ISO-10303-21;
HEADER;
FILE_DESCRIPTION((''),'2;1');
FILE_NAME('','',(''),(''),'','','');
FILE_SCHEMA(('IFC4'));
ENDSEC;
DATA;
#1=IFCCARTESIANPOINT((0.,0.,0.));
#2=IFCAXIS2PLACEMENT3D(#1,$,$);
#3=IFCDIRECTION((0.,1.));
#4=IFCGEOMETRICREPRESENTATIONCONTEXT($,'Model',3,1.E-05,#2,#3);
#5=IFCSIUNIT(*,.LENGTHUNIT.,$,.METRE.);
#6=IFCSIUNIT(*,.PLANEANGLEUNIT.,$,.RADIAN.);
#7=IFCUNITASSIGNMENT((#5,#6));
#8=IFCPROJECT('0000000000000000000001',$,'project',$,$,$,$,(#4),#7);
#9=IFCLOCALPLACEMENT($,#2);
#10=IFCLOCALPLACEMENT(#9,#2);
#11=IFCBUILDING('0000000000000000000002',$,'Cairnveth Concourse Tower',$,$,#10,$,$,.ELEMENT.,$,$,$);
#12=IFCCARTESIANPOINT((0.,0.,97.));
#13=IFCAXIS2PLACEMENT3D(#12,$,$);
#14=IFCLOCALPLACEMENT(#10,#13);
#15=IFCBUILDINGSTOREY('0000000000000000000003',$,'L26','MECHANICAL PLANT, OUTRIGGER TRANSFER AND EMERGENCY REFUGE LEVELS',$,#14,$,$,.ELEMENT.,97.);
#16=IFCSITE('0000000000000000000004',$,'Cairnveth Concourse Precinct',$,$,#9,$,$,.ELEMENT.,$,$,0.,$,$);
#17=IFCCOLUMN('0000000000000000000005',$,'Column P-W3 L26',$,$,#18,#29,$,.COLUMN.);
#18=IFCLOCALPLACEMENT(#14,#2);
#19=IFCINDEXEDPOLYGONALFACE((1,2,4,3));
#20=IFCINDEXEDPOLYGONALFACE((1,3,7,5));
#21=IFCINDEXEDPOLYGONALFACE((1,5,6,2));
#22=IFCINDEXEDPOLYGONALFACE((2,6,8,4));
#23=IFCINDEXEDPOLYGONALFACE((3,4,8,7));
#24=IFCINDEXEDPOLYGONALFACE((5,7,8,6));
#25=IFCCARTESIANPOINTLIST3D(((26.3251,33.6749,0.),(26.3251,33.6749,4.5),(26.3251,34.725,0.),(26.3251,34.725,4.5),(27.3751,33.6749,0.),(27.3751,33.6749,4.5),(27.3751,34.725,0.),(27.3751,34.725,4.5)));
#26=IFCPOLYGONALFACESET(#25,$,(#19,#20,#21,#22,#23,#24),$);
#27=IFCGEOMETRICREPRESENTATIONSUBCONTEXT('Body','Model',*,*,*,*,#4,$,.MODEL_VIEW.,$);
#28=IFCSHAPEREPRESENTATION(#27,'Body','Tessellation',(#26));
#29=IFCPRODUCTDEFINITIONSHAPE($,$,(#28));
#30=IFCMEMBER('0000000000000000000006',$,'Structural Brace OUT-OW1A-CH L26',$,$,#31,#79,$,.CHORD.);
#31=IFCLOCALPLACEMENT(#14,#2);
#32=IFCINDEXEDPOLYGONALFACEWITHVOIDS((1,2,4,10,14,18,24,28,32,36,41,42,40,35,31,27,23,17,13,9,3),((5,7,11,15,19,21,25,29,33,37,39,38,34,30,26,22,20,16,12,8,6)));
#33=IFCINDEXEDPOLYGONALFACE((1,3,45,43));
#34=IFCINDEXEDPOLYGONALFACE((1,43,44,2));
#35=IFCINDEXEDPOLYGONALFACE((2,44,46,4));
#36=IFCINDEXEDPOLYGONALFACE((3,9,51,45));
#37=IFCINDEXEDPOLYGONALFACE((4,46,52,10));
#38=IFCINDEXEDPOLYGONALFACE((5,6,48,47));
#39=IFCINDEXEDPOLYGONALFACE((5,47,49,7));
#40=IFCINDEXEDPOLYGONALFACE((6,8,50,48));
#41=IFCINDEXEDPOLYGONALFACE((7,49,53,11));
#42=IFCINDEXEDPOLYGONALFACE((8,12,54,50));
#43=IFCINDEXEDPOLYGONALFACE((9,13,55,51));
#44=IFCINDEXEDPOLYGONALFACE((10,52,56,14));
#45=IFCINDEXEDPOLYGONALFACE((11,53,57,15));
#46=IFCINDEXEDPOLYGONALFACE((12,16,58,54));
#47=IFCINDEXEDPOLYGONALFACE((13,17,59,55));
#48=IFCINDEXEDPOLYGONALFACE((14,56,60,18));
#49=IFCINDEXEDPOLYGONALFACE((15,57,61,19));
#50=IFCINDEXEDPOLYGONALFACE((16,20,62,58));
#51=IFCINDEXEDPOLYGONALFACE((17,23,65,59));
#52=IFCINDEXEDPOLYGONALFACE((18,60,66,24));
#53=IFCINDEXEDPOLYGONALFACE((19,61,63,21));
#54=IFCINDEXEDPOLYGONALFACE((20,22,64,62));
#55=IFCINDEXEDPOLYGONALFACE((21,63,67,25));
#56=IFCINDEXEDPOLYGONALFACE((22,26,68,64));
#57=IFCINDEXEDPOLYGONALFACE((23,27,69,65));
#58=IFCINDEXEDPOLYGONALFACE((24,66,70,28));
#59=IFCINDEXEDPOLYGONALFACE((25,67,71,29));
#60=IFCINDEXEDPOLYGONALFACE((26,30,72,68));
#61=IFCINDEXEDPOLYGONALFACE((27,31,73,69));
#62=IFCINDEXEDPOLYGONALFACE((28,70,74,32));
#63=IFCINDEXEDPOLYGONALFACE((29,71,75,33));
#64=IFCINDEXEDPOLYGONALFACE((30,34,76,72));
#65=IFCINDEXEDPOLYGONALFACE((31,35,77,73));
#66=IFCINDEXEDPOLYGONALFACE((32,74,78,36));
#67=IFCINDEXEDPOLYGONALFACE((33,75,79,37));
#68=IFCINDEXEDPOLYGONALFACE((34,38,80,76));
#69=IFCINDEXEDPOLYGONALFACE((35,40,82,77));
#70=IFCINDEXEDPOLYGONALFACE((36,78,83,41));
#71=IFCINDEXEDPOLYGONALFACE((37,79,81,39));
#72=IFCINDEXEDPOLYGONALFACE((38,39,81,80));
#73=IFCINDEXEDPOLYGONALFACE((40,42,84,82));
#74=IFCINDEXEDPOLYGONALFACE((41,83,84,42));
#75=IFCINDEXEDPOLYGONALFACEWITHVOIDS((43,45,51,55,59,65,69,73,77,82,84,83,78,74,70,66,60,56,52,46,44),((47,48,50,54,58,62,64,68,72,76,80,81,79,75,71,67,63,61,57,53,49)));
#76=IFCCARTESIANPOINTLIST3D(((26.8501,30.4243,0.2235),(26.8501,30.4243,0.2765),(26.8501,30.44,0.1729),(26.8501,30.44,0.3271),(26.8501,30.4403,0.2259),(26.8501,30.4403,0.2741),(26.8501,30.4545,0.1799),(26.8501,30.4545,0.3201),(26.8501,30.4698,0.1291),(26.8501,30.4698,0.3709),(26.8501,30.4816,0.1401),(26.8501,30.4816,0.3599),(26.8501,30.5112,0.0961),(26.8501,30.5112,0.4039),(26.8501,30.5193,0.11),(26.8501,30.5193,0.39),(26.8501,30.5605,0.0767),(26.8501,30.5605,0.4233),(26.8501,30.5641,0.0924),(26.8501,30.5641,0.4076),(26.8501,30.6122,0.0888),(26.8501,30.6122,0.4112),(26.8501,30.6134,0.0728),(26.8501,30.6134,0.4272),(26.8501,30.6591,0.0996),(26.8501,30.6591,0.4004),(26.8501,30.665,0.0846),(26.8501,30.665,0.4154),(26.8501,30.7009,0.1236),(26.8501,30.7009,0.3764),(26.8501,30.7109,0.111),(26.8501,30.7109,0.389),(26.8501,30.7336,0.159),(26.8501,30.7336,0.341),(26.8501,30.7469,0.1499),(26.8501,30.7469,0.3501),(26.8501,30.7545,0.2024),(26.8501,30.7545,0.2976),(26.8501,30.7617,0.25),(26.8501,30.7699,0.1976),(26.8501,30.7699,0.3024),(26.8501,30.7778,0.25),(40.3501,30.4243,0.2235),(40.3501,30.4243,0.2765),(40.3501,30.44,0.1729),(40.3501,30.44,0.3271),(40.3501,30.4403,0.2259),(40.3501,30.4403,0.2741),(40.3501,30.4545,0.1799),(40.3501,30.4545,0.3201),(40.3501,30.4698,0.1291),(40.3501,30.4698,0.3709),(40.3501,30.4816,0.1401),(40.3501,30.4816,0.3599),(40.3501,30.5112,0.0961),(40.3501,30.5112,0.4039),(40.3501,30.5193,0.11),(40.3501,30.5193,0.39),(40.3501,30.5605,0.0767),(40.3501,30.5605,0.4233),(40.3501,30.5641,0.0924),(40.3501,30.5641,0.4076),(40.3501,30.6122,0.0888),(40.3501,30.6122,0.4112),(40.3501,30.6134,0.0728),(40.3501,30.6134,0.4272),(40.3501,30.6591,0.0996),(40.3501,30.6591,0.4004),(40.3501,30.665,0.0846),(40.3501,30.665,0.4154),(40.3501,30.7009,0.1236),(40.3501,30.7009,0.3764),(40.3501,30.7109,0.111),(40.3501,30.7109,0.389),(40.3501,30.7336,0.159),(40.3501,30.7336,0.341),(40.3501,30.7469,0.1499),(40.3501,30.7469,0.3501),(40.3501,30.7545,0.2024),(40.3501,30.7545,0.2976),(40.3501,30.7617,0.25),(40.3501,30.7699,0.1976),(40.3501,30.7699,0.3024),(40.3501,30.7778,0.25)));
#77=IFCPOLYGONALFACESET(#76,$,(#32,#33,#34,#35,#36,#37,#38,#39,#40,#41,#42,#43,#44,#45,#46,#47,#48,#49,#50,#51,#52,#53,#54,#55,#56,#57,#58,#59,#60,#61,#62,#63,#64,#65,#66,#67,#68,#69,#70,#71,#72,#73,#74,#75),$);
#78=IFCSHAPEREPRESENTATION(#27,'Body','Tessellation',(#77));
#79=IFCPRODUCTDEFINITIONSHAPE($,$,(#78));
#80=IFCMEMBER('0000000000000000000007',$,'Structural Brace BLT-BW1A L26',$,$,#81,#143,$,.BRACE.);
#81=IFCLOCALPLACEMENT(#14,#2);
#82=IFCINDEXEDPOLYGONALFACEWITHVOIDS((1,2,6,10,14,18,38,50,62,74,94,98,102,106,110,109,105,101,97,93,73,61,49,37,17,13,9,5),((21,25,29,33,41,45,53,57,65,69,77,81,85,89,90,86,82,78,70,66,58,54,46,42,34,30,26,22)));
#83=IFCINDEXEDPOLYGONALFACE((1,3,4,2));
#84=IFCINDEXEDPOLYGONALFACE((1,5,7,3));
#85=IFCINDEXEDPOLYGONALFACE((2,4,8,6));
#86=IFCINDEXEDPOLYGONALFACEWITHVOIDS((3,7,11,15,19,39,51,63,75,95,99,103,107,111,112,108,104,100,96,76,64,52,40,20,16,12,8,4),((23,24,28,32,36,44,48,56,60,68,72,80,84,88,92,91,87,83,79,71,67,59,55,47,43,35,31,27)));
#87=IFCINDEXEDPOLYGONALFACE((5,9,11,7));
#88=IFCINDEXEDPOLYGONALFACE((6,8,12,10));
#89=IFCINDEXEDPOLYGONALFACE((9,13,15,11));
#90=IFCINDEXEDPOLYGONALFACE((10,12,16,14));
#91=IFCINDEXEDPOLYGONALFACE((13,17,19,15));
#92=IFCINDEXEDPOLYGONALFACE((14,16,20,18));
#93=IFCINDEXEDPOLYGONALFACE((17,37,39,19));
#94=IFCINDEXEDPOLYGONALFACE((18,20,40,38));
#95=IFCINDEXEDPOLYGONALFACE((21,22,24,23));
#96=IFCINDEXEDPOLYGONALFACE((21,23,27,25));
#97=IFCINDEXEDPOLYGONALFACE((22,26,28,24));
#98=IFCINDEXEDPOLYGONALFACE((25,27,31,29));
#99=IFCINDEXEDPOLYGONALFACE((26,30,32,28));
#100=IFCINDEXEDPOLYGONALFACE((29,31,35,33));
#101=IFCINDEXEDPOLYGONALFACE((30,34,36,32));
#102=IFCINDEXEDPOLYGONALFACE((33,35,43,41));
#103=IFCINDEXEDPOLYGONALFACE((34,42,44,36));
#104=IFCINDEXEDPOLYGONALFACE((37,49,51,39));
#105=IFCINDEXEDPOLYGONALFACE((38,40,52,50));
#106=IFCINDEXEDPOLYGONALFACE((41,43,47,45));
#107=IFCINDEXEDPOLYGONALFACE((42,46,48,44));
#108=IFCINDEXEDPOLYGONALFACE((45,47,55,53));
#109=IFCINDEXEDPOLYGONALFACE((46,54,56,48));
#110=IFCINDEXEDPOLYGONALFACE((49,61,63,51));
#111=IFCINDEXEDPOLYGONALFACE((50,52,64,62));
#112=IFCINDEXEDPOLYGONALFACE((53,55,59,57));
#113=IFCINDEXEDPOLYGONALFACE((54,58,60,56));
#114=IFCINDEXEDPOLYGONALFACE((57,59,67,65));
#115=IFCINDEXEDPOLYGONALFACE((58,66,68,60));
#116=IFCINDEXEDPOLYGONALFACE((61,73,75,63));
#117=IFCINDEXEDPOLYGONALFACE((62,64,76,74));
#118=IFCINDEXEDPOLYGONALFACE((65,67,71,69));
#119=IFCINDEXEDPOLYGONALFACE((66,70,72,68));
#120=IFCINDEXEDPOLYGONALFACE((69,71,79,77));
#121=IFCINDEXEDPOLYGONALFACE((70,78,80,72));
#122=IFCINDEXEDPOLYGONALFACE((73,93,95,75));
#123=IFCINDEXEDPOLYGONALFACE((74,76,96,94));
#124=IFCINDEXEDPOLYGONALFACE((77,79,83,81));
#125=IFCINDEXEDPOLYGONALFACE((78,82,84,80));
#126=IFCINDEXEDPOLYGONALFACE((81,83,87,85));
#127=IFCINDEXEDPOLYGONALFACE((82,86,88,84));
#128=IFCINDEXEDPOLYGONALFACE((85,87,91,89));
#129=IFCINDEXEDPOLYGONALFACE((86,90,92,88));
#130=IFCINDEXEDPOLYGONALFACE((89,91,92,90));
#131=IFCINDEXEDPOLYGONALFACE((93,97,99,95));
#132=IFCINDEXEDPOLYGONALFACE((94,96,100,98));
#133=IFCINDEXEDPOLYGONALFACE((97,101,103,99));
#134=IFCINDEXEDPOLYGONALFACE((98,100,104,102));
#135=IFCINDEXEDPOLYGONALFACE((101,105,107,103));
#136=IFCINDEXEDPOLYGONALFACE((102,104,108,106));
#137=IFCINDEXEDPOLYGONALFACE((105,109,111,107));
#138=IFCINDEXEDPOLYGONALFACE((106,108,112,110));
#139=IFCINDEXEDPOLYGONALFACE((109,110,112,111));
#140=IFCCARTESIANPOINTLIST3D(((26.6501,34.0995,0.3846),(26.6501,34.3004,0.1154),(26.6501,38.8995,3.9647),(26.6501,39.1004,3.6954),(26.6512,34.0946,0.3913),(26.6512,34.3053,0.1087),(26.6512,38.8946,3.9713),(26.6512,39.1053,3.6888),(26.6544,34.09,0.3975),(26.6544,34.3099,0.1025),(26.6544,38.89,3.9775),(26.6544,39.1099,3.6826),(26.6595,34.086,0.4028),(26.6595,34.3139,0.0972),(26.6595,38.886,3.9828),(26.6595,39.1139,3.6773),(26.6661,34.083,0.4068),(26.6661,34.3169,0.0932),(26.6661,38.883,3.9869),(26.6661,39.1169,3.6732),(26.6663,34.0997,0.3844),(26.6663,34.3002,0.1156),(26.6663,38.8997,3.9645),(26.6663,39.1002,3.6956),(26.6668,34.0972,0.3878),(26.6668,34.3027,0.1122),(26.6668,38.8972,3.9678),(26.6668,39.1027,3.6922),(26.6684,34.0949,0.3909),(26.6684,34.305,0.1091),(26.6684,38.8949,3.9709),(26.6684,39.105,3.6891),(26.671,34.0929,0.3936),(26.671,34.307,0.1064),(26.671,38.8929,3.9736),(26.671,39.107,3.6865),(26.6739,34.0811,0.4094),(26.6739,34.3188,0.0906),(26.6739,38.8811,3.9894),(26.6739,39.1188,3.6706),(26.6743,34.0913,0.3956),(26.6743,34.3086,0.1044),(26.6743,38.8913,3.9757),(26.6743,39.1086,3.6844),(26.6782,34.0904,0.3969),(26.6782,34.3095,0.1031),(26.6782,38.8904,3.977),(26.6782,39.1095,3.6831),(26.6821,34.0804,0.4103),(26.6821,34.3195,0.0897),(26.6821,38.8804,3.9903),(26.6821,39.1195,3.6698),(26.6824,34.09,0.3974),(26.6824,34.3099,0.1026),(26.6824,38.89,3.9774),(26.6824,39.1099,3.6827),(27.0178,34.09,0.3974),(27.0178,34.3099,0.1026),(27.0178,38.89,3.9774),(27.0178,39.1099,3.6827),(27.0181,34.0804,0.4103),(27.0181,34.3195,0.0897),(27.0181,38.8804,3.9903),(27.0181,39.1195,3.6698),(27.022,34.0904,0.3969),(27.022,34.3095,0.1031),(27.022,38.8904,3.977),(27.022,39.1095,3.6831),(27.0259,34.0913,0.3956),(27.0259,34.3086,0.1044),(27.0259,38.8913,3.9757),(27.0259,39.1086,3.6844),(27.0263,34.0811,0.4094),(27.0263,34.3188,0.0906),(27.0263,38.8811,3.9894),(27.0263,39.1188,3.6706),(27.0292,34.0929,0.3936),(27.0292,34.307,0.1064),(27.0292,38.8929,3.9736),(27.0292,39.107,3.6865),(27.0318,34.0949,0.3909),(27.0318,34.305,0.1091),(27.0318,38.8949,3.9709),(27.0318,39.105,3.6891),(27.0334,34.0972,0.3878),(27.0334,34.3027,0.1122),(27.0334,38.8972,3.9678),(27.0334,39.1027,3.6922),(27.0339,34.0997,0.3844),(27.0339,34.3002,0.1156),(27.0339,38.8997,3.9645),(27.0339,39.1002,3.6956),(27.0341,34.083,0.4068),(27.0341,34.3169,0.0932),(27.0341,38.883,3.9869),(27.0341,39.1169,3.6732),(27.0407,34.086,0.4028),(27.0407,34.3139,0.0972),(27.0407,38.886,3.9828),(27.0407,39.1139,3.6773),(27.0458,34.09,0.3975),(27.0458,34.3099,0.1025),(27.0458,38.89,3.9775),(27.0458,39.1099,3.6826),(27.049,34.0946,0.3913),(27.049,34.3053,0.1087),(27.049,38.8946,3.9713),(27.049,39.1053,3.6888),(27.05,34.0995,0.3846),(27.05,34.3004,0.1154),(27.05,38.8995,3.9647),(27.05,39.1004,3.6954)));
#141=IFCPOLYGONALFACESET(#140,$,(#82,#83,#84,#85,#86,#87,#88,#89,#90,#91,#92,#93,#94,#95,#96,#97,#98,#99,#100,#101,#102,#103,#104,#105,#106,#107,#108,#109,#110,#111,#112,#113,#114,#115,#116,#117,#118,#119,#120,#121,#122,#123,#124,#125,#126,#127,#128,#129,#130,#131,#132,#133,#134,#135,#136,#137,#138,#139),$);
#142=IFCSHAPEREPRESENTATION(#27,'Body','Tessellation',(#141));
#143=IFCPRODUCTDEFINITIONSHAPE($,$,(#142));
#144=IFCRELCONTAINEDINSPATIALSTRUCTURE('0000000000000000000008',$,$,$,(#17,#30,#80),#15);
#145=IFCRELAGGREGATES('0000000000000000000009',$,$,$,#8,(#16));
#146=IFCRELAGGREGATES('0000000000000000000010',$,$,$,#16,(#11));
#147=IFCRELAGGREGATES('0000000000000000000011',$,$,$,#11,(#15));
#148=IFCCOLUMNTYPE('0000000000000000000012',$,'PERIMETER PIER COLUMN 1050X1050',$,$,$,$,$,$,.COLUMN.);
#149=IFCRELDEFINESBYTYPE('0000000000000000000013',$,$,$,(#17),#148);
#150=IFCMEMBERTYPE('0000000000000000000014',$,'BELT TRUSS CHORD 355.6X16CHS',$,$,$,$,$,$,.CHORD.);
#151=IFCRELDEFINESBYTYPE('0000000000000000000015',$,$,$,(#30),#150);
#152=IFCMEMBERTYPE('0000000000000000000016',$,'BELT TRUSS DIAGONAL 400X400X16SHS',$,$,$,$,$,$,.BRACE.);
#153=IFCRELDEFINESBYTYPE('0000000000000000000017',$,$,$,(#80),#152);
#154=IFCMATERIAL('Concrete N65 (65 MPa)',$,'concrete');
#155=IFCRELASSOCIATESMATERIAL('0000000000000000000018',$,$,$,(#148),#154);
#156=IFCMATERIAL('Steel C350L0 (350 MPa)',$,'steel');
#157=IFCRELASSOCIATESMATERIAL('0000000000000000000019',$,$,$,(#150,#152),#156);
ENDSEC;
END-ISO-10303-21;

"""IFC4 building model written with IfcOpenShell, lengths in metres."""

from ifc_helpers import new_model, si_unit, direction, frame, origin, origin_2d, place, context, subcontext, project, spatial, rectangle, hollow_rectangle, hollow_circle, extrude, material, material_profile, profile_set, type_object, element, save


model = new_model("IFC4")

# Units and contexts
model_context = context("Model", 3, precision=1e-05, world=origin(), true_north=direction((0.0, 1.0)))
body_context = subcontext(model_context, "Body", "Model", "MODEL_VIEW")
ifc_project = project(units=[si_unit("LENGTHUNIT", "METRE"), si_unit("PLANEANGLEUNIT", "RADIAN")], contexts=[model_context])

# Site, building, storey
site_placement = place(None, origin())
site = spatial("IfcSite", under=ifc_project, at=site_placement, Name="Cairnveth Concourse Precinct", CompositionType="ELEMENT", RefElevation=0.0)
building_placement = place(site_placement, origin())
building = spatial("IfcBuilding", under=site, at=building_placement, Name="Cairnveth Concourse Tower", CompositionType="ELEMENT")
storey_placement = place(building_placement, frame((0.0, 0.0, 97.0)))
storey = spatial("IfcBuildingStorey", under=building, at=storey_placement, Name="L26", Description="MECHANICAL PLANT, OUTRIGGER TRANSFER AND EMERGENCY REFUGE LEVELS", CompositionType="ELEMENT", Elevation=97.0)

# Column
ifc_material_1 = material(Name="Concrete N65 (65 MPa)", Category="concrete")
ifc_material_profile_1 = material_profile(ifc_material_1, rectangle(XDim=1.05, YDim=1.05, at=origin_2d()), Name="RC-COL-1050x1050")
ifc_profile_set_1 = profile_set([ifc_material_profile_1], Name="Concrete N65 (65 MPa)")
column_type = type_object("IfcColumnType", Name="PERIMETER PIER COLUMN 1050X1050", PredefinedType="COLUMN", material=ifc_profile_set_1)
column_placement = place(storey_placement, frame((26.8501, 34.2, 0.0), z_axis=(0.0, 0.0, 1.0), x_axis=(0.0, 1.0, 0.0)))
element("IfcColumn", 1, at=column_placement, inside=storey, type_object=column_type, Name="Column P-W3 L26", PredefinedType="COLUMN", context=body_context, shape_type="SweptSolid", body=[
    extrude(rectangle(XDim=1.05, YDim=1.05, at=origin_2d()), origin(), (0.0, 0.0, 1.0), 4.5),
])

# Members
ifc_material_2 = material(Name="Steel C350L0 (350 MPa)", Category="steel")
ifc_material_profile_2 = material_profile(ifc_material_2, hollow_circle(Radius=0.1777, WallThickness=0.0161, at=origin_2d()), Name="355.6x16.0CHS")
ifc_profile_set_2 = profile_set([ifc_material_profile_2], Name="Steel C350L0 (350 MPa)")
member_type_1 = type_object("IfcMemberType", Name="BELT TRUSS CHORD 355.6X16CHS", PredefinedType="CHORD", material=ifc_profile_set_2)
member_1_placement = place(storey_placement, frame((26.8501, 30.6001, 0.25), z_axis=(1.0, 0.0, 0.0), x_axis=(0.0, 1.0, 0.0)))
element("IfcMember", 2, at=member_1_placement, inside=storey, type_object=member_type_1, Name="Structural Brace OUT-OW1A-CH L26", PredefinedType="CHORD", context=body_context, shape_type="SweptSolid", body=[
    extrude(hollow_circle(Radius=0.1777, WallThickness=0.0161, at=origin_2d()), origin(), (0.0, 0.0, 1.0), 13.5),
])
ifc_material_profile_3 = material_profile(ifc_material_2, hollow_rectangle(XDim=0.3999, YDim=0.3999, WallThickness=0.0161, InnerFilletRadius=0.0161, OuterFilletRadius=0.032, at=origin_2d()), Name="400x400x16.0SHS")
ifc_profile_set_3 = profile_set([ifc_material_profile_3], Name="Steel C350L0 (350 MPa)")
member_type_2 = type_object("IfcMemberType", Name="BELT TRUSS DIAGONAL 400X400X16SHS", PredefinedType="BRACE", material=ifc_profile_set_3)
member_2_placement = place(storey_placement, frame((26.8501, 34.2, 0.25), z_axis=(0.0, 0.801597, 0.597865), x_axis=(-1.0, 0.0, 0.0)))
element("IfcMember", 3, at=member_2_placement, inside=storey, type_object=member_type_2, Name="Structural Brace BLT-BW1A L26", PredefinedType="BRACE", context=body_context, shape_type="SweptSolid", body=[
    extrude(hollow_rectangle(XDim=0.3999, YDim=0.3999, WallThickness=0.0161, InnerFilletRadius=0.0161, OuterFilletRadius=0.032, at=origin_2d()), origin(), (0.0, 0.0, 1.0), 5.988),
])

save(model, "model.ifc")
